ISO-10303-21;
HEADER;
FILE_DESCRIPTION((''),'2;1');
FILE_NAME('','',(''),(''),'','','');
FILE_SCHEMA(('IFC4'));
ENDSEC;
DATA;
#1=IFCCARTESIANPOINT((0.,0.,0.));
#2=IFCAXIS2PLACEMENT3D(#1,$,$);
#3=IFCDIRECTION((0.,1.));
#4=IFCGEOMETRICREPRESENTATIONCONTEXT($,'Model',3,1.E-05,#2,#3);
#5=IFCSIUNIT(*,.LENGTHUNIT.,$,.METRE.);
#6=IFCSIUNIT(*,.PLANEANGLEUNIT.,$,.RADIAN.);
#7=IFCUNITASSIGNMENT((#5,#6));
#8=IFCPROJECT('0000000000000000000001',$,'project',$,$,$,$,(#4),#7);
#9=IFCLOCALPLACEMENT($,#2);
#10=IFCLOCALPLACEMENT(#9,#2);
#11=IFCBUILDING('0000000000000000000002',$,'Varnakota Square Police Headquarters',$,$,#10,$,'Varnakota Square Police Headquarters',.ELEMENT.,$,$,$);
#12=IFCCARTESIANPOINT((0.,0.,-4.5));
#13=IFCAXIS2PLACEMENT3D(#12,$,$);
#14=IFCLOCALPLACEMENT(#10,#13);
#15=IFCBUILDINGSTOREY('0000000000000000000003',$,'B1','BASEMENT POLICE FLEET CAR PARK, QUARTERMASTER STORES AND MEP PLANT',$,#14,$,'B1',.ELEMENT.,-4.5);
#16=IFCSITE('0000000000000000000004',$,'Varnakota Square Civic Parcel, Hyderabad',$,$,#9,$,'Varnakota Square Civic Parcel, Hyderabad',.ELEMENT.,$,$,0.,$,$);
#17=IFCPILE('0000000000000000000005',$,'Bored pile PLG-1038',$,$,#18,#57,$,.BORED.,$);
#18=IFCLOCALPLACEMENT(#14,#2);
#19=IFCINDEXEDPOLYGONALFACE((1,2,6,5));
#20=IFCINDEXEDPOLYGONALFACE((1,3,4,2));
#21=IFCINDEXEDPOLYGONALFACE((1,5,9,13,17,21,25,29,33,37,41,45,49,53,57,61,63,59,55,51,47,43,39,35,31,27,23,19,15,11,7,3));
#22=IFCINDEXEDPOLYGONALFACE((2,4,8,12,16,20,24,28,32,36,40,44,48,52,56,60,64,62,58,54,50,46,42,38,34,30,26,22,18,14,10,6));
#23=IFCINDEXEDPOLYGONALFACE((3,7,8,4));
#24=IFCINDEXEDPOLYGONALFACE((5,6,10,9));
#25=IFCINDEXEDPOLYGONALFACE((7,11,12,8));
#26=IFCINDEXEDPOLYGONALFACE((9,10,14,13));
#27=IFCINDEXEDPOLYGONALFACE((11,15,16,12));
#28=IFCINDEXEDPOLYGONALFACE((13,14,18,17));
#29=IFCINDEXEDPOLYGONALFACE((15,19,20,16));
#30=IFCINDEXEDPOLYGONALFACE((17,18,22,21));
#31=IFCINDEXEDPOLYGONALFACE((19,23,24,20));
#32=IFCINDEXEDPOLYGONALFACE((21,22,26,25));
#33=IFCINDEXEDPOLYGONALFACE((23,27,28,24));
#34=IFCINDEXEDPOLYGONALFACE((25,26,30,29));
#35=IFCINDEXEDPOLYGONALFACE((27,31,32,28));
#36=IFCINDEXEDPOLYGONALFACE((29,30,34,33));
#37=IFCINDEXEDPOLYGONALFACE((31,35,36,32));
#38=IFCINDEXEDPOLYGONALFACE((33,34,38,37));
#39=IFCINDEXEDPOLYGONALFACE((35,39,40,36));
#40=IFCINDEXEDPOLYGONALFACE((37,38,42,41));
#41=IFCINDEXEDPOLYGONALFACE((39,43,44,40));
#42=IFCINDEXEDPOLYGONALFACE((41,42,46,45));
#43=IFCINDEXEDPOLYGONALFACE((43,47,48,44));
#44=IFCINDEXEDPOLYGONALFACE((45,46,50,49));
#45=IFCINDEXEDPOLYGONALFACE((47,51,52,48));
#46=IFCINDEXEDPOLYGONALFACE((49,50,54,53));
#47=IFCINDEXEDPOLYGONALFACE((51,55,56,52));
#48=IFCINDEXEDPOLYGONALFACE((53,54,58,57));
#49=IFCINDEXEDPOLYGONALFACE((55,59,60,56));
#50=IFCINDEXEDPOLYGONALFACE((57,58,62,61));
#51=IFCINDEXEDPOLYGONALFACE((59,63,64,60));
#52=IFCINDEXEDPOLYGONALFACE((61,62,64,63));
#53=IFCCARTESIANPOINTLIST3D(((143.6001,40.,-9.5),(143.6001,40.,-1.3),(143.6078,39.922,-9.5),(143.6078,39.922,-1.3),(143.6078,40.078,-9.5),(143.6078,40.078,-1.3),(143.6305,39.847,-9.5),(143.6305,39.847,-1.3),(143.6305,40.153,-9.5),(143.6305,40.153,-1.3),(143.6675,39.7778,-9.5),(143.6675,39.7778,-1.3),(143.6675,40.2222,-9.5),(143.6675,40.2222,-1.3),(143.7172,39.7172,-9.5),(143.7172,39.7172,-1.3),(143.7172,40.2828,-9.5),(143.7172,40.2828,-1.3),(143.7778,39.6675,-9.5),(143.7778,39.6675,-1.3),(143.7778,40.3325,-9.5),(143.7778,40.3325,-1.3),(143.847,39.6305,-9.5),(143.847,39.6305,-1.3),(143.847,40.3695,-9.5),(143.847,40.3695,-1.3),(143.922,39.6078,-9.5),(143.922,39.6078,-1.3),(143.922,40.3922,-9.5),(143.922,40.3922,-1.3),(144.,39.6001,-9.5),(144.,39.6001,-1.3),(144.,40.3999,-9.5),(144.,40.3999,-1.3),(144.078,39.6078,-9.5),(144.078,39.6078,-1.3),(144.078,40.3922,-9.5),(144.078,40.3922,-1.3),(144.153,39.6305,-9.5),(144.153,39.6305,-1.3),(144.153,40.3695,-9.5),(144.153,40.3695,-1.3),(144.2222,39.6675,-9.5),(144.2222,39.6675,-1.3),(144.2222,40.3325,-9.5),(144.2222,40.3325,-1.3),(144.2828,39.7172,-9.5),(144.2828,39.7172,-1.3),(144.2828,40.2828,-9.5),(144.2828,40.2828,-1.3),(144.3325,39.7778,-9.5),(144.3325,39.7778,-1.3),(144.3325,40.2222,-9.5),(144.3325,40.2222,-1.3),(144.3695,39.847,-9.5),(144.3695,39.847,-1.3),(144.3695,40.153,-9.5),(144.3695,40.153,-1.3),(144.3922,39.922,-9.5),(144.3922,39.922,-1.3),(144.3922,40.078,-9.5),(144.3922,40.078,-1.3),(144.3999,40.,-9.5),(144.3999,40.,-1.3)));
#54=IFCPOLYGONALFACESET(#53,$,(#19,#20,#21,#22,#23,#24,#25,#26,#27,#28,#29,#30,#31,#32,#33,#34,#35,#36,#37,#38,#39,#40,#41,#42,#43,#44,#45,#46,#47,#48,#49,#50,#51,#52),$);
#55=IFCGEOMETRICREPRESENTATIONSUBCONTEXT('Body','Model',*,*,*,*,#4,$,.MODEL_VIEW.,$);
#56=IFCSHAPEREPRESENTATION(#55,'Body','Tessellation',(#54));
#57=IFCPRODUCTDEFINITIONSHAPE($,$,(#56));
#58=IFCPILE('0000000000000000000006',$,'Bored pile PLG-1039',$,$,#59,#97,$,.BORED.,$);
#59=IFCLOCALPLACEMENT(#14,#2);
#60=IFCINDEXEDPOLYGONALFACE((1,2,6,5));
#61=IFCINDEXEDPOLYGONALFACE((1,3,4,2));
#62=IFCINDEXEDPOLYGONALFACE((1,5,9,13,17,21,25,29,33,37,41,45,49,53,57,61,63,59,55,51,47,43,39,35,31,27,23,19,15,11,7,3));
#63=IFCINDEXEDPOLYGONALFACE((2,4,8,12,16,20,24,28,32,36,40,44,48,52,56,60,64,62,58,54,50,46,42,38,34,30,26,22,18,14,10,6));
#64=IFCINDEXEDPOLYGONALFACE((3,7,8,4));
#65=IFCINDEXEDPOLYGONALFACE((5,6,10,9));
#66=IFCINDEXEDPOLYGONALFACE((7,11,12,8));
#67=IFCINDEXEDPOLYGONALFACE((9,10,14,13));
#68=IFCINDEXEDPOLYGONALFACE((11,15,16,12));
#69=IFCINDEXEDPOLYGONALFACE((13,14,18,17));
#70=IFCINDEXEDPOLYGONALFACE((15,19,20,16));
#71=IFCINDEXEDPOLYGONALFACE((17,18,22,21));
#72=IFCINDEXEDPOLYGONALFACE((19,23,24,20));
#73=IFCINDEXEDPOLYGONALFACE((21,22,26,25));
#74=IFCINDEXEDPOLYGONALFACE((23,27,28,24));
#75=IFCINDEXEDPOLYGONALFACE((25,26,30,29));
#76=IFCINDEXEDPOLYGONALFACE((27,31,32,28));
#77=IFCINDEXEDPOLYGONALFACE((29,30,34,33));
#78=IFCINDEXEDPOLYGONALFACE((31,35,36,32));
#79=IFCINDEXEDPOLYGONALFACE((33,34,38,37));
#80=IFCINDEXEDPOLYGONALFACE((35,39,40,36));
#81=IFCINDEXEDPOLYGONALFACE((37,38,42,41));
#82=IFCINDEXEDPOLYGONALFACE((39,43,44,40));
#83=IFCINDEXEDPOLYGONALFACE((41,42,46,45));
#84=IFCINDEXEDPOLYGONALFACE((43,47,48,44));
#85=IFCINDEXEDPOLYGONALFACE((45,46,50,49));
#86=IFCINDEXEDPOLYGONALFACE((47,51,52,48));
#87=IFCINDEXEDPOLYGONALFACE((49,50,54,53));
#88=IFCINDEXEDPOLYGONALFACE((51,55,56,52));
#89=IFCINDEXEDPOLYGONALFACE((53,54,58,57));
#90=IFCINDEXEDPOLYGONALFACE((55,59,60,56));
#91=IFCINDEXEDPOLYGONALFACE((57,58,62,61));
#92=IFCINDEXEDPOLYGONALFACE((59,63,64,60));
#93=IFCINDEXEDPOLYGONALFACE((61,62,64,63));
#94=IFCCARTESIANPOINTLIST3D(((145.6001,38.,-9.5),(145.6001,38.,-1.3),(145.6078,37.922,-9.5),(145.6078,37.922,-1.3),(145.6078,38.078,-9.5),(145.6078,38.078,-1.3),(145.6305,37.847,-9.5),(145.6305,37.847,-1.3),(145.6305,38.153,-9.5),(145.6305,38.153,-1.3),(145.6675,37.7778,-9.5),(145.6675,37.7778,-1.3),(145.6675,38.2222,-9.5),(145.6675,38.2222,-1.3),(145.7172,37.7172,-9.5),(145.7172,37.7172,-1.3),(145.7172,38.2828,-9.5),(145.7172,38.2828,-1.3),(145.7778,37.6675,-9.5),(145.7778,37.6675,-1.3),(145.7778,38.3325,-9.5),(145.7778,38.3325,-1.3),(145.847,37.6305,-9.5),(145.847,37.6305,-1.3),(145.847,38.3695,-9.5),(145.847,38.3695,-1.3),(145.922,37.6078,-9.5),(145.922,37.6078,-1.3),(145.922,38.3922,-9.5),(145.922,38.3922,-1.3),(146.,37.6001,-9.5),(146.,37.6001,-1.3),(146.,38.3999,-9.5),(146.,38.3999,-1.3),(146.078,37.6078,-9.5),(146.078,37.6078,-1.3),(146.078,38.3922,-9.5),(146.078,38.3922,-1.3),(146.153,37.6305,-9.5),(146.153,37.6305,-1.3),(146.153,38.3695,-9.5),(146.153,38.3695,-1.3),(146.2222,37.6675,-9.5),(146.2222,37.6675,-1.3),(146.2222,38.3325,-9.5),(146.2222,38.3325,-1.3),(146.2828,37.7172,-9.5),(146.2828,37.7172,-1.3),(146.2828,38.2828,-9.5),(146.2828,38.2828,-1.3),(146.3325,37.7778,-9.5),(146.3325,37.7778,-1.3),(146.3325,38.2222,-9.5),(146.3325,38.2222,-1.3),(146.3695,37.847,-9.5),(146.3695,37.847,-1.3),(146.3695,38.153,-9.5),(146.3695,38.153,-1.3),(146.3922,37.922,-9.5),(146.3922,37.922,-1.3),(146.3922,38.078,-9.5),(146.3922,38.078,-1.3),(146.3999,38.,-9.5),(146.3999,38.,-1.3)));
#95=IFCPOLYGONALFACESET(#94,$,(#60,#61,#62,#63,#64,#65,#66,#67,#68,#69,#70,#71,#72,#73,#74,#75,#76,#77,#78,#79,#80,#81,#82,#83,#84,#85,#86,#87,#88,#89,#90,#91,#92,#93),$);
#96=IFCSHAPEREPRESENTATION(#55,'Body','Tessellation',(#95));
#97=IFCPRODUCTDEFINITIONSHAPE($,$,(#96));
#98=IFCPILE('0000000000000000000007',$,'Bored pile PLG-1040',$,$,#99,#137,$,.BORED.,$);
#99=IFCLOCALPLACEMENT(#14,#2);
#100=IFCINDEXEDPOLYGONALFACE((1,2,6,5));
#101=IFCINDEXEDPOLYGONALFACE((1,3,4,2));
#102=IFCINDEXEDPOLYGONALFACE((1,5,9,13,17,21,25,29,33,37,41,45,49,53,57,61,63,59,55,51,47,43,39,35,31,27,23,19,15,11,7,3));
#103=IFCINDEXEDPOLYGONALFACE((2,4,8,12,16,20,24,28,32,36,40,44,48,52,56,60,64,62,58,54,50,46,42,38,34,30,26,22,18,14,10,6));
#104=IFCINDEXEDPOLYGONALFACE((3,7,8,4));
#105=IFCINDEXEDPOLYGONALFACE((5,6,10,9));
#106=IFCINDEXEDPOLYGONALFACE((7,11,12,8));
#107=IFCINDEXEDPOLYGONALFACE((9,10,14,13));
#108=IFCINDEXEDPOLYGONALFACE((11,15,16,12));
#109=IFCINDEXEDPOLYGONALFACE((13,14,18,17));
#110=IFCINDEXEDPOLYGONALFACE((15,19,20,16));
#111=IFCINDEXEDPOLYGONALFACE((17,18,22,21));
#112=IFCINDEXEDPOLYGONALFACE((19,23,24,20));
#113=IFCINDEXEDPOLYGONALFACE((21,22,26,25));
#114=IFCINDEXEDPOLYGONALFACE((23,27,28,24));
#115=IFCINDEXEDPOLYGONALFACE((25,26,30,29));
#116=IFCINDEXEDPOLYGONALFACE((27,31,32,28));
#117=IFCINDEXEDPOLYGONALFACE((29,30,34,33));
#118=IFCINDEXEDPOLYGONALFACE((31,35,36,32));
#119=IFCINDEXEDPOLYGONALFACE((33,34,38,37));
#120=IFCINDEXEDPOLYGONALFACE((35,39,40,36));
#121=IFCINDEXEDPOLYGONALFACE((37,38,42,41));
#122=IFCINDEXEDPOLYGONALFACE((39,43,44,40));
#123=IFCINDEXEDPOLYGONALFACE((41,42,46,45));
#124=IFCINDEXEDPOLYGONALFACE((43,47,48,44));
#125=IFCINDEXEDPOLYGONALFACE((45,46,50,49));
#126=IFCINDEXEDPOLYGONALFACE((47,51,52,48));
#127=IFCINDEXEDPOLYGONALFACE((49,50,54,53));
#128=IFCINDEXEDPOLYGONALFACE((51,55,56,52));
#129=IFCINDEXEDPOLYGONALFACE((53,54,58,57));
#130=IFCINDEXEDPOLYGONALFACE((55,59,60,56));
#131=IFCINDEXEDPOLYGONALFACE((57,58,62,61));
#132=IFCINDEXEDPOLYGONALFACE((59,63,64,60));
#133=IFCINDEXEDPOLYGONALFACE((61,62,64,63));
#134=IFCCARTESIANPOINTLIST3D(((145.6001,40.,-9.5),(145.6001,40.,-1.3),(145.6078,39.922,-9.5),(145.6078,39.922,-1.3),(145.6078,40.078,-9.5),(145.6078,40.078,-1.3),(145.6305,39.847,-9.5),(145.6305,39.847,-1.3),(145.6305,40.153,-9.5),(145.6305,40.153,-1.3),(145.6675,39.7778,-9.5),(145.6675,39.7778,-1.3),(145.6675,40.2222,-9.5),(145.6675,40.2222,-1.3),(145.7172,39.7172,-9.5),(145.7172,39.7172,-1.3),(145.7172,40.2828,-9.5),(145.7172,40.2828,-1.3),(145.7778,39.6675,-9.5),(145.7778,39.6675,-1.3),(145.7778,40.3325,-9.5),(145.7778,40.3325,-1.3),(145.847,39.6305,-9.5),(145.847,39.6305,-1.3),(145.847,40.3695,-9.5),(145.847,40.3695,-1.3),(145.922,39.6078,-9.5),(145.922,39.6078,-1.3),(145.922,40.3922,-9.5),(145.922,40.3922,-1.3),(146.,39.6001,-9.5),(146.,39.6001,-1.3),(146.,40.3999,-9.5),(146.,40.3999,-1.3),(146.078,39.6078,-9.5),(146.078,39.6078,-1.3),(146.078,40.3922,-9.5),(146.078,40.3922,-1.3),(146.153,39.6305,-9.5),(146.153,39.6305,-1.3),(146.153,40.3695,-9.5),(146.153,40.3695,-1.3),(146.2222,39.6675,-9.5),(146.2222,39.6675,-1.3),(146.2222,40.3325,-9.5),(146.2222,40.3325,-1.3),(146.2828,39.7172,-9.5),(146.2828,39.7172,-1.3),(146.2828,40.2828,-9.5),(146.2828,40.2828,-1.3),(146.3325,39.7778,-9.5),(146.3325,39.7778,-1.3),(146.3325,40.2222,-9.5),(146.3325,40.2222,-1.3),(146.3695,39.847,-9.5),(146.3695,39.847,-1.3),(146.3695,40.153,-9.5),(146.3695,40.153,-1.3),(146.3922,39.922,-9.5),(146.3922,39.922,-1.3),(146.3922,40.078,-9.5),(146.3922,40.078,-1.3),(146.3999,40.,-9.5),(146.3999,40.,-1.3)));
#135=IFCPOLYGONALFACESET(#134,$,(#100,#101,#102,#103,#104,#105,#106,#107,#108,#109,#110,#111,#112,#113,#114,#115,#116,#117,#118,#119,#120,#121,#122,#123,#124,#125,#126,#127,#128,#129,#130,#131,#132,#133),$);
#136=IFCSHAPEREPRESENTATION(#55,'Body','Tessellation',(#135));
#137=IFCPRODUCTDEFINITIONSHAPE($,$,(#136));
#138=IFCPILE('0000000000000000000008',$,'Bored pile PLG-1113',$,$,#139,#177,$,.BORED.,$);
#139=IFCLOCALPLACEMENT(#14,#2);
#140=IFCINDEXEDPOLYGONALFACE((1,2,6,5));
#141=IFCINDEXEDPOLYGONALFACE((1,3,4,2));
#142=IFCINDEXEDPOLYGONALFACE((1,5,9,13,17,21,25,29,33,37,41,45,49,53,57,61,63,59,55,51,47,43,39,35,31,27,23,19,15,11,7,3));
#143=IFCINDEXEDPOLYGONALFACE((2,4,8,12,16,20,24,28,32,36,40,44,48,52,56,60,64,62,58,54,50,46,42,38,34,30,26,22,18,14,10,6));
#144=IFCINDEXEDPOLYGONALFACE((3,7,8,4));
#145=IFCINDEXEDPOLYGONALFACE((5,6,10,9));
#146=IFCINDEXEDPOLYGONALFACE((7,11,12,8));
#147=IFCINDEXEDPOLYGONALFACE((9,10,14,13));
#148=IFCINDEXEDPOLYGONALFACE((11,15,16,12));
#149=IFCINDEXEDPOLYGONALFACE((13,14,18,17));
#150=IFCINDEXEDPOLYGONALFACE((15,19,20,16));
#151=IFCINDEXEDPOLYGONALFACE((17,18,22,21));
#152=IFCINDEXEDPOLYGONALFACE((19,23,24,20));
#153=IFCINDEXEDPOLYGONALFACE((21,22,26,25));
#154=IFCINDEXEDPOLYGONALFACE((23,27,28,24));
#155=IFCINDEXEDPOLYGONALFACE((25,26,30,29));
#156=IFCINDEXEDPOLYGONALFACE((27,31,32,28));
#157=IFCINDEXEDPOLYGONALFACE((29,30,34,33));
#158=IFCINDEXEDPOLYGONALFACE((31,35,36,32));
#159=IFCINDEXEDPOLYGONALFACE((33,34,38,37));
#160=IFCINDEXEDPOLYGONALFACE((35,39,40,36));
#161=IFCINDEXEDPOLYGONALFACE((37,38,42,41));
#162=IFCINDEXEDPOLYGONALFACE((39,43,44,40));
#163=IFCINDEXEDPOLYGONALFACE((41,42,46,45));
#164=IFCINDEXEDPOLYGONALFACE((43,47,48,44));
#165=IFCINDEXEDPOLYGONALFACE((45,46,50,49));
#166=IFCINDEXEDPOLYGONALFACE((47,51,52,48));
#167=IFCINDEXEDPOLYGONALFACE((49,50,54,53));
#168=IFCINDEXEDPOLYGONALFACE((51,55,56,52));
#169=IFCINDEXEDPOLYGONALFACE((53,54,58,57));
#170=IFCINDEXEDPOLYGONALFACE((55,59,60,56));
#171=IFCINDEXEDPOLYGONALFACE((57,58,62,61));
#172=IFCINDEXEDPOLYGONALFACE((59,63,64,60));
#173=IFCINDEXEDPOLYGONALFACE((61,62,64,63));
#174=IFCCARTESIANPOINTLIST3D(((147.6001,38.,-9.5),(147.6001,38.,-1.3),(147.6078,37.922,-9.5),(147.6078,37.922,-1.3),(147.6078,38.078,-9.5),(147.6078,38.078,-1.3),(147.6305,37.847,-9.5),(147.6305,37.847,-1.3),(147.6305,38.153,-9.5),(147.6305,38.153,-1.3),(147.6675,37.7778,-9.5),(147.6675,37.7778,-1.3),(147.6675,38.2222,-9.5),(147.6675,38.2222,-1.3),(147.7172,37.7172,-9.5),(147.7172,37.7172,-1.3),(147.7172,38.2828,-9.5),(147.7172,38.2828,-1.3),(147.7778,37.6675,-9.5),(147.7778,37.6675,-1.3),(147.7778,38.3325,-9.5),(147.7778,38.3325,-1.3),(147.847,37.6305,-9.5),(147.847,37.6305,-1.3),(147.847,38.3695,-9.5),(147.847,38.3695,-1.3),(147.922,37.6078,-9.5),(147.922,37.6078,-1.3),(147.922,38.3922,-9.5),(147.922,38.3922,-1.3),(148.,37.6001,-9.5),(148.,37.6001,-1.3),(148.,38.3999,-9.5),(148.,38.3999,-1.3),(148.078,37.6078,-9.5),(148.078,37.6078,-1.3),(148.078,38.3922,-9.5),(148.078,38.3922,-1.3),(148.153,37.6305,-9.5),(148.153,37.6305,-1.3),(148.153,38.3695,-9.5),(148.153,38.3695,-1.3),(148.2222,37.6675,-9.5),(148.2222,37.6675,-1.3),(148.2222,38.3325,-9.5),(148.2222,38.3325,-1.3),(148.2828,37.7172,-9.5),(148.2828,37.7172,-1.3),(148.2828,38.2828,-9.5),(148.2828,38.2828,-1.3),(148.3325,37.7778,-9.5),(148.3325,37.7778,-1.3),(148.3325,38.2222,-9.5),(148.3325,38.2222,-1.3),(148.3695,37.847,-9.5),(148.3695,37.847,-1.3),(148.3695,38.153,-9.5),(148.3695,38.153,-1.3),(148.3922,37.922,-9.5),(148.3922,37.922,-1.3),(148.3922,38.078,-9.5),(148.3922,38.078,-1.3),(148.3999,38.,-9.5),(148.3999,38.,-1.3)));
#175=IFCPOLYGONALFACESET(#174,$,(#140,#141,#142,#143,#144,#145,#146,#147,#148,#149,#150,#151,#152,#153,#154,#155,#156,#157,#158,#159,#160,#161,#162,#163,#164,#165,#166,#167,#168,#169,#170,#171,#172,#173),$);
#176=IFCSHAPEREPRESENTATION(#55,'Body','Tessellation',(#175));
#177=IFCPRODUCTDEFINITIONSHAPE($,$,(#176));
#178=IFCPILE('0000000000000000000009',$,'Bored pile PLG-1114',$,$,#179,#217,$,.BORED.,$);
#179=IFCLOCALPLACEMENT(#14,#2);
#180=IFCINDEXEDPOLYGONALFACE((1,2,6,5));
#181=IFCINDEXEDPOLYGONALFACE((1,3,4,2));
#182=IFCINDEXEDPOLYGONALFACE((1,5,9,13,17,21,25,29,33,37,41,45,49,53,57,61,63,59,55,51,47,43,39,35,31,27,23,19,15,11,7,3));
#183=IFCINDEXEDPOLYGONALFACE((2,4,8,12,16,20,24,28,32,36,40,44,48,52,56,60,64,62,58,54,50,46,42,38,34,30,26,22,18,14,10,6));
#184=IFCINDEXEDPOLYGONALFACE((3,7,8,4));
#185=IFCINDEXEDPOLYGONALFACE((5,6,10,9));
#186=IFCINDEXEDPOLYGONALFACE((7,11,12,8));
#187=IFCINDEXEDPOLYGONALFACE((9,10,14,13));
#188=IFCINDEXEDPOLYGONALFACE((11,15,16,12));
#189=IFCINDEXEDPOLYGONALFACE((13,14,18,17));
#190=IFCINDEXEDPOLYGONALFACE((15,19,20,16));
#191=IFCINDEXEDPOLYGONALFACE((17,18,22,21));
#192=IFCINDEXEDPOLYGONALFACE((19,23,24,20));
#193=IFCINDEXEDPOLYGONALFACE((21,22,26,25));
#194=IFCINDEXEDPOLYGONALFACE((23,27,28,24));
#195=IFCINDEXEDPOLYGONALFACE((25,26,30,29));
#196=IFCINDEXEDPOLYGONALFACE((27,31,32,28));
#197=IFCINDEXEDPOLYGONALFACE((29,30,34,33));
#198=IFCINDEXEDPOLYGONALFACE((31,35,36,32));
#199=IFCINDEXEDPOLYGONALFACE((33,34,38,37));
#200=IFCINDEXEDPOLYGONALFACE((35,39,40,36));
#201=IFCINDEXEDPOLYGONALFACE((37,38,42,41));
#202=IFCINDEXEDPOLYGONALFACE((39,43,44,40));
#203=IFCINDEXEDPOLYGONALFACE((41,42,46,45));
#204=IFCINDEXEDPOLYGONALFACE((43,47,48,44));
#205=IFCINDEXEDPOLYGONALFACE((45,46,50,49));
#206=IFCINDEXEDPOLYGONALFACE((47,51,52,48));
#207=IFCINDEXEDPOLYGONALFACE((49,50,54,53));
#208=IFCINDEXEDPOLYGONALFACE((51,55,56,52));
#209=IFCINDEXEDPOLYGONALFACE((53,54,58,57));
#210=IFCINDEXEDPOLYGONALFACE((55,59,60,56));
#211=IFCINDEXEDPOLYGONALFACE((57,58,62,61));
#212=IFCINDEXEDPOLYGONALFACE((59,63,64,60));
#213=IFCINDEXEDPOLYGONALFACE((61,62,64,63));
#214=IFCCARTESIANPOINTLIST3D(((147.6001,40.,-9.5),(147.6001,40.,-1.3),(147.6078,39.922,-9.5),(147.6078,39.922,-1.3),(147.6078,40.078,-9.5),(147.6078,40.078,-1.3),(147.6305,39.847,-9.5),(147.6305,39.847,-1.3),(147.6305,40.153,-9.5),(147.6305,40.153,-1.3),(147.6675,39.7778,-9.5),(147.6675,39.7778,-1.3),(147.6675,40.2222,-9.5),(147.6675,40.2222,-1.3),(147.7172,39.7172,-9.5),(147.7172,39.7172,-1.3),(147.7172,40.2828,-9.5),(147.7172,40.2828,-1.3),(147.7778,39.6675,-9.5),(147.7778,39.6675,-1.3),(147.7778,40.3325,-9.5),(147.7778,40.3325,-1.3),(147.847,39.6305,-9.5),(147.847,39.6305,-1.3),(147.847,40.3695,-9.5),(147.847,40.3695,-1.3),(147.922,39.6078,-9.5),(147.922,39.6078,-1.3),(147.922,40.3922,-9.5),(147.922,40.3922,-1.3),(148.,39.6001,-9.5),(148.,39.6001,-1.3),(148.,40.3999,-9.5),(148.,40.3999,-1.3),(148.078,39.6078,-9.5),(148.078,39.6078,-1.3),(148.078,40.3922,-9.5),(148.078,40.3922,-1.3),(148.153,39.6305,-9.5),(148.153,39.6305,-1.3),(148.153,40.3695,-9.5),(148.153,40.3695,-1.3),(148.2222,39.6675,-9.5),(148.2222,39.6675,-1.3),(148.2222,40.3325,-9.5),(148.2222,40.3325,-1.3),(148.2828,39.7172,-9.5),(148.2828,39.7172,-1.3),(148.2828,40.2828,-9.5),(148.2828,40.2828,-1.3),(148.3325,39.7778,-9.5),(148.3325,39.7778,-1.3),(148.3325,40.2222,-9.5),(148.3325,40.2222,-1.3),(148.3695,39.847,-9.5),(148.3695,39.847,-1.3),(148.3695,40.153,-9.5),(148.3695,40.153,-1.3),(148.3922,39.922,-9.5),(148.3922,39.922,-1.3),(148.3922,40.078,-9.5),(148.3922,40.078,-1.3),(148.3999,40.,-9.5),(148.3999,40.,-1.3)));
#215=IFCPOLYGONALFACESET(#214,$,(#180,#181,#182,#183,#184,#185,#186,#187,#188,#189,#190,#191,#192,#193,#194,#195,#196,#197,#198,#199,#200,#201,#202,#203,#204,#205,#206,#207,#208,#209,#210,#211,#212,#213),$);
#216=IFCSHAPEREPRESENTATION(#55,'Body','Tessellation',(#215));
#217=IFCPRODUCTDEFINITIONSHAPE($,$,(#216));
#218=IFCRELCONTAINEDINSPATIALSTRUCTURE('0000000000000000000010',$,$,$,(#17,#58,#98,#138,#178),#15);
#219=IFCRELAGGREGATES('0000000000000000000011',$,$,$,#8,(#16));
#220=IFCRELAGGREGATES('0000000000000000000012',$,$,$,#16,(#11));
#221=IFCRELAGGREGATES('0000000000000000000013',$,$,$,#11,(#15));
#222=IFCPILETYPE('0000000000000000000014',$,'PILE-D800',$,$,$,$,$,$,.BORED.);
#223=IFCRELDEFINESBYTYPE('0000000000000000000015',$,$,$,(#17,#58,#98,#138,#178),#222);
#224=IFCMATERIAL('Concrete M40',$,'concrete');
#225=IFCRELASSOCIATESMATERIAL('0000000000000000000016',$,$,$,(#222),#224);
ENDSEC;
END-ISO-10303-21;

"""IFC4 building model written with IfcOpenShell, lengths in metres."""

from ifc_helpers import new_model, si_unit, direction, frame, origin, origin_2d, place, context, subcontext, project, spatial, circle, extrude, material, material_profile, profile_set, type_object, element, save


model = new_model("IFC4")

# Units and contexts
model_context = context("Model", 3, precision=1e-05, world=origin(), true_north=direction((0.0, 1.0)))
body_context = subcontext(model_context, "Body", "Model", "MODEL_VIEW")
ifc_project = project(units=[si_unit("LENGTHUNIT", "METRE"), si_unit("PLANEANGLEUNIT", "RADIAN")], contexts=[model_context])

# Site, building, storey
site_placement = place(None, origin())
site = spatial("IfcSite", under=ifc_project, at=site_placement, Name="Varnakota Square Civic Parcel, Hyderabad", LongName="Varnakota Square Civic Parcel, Hyderabad", CompositionType="ELEMENT", RefElevation=0.0)
building_placement = place(site_placement, origin())
building = spatial("IfcBuilding", under=site, at=building_placement, Name="Varnakota Square Police Headquarters", LongName="Varnakota Square Police Headquarters", CompositionType="ELEMENT")
storey_placement = place(building_placement, frame((0.0, 0.0, -4.5)))
storey = spatial("IfcBuildingStorey", under=building, at=storey_placement, Name="B1", Description="BASEMENT POLICE FLEET CAR PARK, QUARTERMASTER STORES AND MEP PLANT", LongName="B1", CompositionType="ELEMENT", Elevation=-4.5)

# Shared definitions
ifc_material_1 = material(Name="Concrete M40", Category="concrete")

# Piles
ifc_material_profile_1 = material_profile(ifc_material_1, circle(Radius=0.3999, at=origin_2d()), Name="BORED PILE 800")
ifc_profile_set_1 = profile_set([ifc_material_profile_1], Name="Concrete M40")
pile_type_1 = type_object("IfcPileType", Name="PILE-D800", PredefinedType="BORED", material=ifc_profile_set_1)
for number, where, z_axis, x_axis, name in (
    (1, (144.0, 40.0, -1.3), (0.0, 0.0, -1.0), (1.0, 0.0, 0.0), "Bored pile PLG-1038"),
    (2, (146.0, 38.0, -1.3), (0.0, 0.0, -1.0), (1.0, 0.0, 0.0), "Bored pile PLG-1039"),
    (3, (146.0, 40.0, -1.3), (0.0, 0.0, -1.0), (1.0, 0.0, 0.0), "Bored pile PLG-1040"),
    (4, (148.0, 38.0, -1.3), (0.0, 0.0, -1.0), (1.0, 0.0, 0.0), "Bored pile PLG-1113"),
    (5, (148.0, 40.0, -1.3), (0.0, 0.0, -1.0), (1.0, 0.0, 0.0), "Bored pile PLG-1114"),
):
    element("IfcPile", number, at=place(storey_placement, frame(where, z_axis=z_axis, x_axis=x_axis)), inside=storey, type_object=pile_type_1, Name=name, PredefinedType="BORED", context=body_context, shape_type="SweptSolid", body=[
        extrude(circle(Radius=0.3999, at=origin_2d()), origin(), (0.0, 0.0, 1.0), 8.2),
    ])

save(model, "model.ifc")
